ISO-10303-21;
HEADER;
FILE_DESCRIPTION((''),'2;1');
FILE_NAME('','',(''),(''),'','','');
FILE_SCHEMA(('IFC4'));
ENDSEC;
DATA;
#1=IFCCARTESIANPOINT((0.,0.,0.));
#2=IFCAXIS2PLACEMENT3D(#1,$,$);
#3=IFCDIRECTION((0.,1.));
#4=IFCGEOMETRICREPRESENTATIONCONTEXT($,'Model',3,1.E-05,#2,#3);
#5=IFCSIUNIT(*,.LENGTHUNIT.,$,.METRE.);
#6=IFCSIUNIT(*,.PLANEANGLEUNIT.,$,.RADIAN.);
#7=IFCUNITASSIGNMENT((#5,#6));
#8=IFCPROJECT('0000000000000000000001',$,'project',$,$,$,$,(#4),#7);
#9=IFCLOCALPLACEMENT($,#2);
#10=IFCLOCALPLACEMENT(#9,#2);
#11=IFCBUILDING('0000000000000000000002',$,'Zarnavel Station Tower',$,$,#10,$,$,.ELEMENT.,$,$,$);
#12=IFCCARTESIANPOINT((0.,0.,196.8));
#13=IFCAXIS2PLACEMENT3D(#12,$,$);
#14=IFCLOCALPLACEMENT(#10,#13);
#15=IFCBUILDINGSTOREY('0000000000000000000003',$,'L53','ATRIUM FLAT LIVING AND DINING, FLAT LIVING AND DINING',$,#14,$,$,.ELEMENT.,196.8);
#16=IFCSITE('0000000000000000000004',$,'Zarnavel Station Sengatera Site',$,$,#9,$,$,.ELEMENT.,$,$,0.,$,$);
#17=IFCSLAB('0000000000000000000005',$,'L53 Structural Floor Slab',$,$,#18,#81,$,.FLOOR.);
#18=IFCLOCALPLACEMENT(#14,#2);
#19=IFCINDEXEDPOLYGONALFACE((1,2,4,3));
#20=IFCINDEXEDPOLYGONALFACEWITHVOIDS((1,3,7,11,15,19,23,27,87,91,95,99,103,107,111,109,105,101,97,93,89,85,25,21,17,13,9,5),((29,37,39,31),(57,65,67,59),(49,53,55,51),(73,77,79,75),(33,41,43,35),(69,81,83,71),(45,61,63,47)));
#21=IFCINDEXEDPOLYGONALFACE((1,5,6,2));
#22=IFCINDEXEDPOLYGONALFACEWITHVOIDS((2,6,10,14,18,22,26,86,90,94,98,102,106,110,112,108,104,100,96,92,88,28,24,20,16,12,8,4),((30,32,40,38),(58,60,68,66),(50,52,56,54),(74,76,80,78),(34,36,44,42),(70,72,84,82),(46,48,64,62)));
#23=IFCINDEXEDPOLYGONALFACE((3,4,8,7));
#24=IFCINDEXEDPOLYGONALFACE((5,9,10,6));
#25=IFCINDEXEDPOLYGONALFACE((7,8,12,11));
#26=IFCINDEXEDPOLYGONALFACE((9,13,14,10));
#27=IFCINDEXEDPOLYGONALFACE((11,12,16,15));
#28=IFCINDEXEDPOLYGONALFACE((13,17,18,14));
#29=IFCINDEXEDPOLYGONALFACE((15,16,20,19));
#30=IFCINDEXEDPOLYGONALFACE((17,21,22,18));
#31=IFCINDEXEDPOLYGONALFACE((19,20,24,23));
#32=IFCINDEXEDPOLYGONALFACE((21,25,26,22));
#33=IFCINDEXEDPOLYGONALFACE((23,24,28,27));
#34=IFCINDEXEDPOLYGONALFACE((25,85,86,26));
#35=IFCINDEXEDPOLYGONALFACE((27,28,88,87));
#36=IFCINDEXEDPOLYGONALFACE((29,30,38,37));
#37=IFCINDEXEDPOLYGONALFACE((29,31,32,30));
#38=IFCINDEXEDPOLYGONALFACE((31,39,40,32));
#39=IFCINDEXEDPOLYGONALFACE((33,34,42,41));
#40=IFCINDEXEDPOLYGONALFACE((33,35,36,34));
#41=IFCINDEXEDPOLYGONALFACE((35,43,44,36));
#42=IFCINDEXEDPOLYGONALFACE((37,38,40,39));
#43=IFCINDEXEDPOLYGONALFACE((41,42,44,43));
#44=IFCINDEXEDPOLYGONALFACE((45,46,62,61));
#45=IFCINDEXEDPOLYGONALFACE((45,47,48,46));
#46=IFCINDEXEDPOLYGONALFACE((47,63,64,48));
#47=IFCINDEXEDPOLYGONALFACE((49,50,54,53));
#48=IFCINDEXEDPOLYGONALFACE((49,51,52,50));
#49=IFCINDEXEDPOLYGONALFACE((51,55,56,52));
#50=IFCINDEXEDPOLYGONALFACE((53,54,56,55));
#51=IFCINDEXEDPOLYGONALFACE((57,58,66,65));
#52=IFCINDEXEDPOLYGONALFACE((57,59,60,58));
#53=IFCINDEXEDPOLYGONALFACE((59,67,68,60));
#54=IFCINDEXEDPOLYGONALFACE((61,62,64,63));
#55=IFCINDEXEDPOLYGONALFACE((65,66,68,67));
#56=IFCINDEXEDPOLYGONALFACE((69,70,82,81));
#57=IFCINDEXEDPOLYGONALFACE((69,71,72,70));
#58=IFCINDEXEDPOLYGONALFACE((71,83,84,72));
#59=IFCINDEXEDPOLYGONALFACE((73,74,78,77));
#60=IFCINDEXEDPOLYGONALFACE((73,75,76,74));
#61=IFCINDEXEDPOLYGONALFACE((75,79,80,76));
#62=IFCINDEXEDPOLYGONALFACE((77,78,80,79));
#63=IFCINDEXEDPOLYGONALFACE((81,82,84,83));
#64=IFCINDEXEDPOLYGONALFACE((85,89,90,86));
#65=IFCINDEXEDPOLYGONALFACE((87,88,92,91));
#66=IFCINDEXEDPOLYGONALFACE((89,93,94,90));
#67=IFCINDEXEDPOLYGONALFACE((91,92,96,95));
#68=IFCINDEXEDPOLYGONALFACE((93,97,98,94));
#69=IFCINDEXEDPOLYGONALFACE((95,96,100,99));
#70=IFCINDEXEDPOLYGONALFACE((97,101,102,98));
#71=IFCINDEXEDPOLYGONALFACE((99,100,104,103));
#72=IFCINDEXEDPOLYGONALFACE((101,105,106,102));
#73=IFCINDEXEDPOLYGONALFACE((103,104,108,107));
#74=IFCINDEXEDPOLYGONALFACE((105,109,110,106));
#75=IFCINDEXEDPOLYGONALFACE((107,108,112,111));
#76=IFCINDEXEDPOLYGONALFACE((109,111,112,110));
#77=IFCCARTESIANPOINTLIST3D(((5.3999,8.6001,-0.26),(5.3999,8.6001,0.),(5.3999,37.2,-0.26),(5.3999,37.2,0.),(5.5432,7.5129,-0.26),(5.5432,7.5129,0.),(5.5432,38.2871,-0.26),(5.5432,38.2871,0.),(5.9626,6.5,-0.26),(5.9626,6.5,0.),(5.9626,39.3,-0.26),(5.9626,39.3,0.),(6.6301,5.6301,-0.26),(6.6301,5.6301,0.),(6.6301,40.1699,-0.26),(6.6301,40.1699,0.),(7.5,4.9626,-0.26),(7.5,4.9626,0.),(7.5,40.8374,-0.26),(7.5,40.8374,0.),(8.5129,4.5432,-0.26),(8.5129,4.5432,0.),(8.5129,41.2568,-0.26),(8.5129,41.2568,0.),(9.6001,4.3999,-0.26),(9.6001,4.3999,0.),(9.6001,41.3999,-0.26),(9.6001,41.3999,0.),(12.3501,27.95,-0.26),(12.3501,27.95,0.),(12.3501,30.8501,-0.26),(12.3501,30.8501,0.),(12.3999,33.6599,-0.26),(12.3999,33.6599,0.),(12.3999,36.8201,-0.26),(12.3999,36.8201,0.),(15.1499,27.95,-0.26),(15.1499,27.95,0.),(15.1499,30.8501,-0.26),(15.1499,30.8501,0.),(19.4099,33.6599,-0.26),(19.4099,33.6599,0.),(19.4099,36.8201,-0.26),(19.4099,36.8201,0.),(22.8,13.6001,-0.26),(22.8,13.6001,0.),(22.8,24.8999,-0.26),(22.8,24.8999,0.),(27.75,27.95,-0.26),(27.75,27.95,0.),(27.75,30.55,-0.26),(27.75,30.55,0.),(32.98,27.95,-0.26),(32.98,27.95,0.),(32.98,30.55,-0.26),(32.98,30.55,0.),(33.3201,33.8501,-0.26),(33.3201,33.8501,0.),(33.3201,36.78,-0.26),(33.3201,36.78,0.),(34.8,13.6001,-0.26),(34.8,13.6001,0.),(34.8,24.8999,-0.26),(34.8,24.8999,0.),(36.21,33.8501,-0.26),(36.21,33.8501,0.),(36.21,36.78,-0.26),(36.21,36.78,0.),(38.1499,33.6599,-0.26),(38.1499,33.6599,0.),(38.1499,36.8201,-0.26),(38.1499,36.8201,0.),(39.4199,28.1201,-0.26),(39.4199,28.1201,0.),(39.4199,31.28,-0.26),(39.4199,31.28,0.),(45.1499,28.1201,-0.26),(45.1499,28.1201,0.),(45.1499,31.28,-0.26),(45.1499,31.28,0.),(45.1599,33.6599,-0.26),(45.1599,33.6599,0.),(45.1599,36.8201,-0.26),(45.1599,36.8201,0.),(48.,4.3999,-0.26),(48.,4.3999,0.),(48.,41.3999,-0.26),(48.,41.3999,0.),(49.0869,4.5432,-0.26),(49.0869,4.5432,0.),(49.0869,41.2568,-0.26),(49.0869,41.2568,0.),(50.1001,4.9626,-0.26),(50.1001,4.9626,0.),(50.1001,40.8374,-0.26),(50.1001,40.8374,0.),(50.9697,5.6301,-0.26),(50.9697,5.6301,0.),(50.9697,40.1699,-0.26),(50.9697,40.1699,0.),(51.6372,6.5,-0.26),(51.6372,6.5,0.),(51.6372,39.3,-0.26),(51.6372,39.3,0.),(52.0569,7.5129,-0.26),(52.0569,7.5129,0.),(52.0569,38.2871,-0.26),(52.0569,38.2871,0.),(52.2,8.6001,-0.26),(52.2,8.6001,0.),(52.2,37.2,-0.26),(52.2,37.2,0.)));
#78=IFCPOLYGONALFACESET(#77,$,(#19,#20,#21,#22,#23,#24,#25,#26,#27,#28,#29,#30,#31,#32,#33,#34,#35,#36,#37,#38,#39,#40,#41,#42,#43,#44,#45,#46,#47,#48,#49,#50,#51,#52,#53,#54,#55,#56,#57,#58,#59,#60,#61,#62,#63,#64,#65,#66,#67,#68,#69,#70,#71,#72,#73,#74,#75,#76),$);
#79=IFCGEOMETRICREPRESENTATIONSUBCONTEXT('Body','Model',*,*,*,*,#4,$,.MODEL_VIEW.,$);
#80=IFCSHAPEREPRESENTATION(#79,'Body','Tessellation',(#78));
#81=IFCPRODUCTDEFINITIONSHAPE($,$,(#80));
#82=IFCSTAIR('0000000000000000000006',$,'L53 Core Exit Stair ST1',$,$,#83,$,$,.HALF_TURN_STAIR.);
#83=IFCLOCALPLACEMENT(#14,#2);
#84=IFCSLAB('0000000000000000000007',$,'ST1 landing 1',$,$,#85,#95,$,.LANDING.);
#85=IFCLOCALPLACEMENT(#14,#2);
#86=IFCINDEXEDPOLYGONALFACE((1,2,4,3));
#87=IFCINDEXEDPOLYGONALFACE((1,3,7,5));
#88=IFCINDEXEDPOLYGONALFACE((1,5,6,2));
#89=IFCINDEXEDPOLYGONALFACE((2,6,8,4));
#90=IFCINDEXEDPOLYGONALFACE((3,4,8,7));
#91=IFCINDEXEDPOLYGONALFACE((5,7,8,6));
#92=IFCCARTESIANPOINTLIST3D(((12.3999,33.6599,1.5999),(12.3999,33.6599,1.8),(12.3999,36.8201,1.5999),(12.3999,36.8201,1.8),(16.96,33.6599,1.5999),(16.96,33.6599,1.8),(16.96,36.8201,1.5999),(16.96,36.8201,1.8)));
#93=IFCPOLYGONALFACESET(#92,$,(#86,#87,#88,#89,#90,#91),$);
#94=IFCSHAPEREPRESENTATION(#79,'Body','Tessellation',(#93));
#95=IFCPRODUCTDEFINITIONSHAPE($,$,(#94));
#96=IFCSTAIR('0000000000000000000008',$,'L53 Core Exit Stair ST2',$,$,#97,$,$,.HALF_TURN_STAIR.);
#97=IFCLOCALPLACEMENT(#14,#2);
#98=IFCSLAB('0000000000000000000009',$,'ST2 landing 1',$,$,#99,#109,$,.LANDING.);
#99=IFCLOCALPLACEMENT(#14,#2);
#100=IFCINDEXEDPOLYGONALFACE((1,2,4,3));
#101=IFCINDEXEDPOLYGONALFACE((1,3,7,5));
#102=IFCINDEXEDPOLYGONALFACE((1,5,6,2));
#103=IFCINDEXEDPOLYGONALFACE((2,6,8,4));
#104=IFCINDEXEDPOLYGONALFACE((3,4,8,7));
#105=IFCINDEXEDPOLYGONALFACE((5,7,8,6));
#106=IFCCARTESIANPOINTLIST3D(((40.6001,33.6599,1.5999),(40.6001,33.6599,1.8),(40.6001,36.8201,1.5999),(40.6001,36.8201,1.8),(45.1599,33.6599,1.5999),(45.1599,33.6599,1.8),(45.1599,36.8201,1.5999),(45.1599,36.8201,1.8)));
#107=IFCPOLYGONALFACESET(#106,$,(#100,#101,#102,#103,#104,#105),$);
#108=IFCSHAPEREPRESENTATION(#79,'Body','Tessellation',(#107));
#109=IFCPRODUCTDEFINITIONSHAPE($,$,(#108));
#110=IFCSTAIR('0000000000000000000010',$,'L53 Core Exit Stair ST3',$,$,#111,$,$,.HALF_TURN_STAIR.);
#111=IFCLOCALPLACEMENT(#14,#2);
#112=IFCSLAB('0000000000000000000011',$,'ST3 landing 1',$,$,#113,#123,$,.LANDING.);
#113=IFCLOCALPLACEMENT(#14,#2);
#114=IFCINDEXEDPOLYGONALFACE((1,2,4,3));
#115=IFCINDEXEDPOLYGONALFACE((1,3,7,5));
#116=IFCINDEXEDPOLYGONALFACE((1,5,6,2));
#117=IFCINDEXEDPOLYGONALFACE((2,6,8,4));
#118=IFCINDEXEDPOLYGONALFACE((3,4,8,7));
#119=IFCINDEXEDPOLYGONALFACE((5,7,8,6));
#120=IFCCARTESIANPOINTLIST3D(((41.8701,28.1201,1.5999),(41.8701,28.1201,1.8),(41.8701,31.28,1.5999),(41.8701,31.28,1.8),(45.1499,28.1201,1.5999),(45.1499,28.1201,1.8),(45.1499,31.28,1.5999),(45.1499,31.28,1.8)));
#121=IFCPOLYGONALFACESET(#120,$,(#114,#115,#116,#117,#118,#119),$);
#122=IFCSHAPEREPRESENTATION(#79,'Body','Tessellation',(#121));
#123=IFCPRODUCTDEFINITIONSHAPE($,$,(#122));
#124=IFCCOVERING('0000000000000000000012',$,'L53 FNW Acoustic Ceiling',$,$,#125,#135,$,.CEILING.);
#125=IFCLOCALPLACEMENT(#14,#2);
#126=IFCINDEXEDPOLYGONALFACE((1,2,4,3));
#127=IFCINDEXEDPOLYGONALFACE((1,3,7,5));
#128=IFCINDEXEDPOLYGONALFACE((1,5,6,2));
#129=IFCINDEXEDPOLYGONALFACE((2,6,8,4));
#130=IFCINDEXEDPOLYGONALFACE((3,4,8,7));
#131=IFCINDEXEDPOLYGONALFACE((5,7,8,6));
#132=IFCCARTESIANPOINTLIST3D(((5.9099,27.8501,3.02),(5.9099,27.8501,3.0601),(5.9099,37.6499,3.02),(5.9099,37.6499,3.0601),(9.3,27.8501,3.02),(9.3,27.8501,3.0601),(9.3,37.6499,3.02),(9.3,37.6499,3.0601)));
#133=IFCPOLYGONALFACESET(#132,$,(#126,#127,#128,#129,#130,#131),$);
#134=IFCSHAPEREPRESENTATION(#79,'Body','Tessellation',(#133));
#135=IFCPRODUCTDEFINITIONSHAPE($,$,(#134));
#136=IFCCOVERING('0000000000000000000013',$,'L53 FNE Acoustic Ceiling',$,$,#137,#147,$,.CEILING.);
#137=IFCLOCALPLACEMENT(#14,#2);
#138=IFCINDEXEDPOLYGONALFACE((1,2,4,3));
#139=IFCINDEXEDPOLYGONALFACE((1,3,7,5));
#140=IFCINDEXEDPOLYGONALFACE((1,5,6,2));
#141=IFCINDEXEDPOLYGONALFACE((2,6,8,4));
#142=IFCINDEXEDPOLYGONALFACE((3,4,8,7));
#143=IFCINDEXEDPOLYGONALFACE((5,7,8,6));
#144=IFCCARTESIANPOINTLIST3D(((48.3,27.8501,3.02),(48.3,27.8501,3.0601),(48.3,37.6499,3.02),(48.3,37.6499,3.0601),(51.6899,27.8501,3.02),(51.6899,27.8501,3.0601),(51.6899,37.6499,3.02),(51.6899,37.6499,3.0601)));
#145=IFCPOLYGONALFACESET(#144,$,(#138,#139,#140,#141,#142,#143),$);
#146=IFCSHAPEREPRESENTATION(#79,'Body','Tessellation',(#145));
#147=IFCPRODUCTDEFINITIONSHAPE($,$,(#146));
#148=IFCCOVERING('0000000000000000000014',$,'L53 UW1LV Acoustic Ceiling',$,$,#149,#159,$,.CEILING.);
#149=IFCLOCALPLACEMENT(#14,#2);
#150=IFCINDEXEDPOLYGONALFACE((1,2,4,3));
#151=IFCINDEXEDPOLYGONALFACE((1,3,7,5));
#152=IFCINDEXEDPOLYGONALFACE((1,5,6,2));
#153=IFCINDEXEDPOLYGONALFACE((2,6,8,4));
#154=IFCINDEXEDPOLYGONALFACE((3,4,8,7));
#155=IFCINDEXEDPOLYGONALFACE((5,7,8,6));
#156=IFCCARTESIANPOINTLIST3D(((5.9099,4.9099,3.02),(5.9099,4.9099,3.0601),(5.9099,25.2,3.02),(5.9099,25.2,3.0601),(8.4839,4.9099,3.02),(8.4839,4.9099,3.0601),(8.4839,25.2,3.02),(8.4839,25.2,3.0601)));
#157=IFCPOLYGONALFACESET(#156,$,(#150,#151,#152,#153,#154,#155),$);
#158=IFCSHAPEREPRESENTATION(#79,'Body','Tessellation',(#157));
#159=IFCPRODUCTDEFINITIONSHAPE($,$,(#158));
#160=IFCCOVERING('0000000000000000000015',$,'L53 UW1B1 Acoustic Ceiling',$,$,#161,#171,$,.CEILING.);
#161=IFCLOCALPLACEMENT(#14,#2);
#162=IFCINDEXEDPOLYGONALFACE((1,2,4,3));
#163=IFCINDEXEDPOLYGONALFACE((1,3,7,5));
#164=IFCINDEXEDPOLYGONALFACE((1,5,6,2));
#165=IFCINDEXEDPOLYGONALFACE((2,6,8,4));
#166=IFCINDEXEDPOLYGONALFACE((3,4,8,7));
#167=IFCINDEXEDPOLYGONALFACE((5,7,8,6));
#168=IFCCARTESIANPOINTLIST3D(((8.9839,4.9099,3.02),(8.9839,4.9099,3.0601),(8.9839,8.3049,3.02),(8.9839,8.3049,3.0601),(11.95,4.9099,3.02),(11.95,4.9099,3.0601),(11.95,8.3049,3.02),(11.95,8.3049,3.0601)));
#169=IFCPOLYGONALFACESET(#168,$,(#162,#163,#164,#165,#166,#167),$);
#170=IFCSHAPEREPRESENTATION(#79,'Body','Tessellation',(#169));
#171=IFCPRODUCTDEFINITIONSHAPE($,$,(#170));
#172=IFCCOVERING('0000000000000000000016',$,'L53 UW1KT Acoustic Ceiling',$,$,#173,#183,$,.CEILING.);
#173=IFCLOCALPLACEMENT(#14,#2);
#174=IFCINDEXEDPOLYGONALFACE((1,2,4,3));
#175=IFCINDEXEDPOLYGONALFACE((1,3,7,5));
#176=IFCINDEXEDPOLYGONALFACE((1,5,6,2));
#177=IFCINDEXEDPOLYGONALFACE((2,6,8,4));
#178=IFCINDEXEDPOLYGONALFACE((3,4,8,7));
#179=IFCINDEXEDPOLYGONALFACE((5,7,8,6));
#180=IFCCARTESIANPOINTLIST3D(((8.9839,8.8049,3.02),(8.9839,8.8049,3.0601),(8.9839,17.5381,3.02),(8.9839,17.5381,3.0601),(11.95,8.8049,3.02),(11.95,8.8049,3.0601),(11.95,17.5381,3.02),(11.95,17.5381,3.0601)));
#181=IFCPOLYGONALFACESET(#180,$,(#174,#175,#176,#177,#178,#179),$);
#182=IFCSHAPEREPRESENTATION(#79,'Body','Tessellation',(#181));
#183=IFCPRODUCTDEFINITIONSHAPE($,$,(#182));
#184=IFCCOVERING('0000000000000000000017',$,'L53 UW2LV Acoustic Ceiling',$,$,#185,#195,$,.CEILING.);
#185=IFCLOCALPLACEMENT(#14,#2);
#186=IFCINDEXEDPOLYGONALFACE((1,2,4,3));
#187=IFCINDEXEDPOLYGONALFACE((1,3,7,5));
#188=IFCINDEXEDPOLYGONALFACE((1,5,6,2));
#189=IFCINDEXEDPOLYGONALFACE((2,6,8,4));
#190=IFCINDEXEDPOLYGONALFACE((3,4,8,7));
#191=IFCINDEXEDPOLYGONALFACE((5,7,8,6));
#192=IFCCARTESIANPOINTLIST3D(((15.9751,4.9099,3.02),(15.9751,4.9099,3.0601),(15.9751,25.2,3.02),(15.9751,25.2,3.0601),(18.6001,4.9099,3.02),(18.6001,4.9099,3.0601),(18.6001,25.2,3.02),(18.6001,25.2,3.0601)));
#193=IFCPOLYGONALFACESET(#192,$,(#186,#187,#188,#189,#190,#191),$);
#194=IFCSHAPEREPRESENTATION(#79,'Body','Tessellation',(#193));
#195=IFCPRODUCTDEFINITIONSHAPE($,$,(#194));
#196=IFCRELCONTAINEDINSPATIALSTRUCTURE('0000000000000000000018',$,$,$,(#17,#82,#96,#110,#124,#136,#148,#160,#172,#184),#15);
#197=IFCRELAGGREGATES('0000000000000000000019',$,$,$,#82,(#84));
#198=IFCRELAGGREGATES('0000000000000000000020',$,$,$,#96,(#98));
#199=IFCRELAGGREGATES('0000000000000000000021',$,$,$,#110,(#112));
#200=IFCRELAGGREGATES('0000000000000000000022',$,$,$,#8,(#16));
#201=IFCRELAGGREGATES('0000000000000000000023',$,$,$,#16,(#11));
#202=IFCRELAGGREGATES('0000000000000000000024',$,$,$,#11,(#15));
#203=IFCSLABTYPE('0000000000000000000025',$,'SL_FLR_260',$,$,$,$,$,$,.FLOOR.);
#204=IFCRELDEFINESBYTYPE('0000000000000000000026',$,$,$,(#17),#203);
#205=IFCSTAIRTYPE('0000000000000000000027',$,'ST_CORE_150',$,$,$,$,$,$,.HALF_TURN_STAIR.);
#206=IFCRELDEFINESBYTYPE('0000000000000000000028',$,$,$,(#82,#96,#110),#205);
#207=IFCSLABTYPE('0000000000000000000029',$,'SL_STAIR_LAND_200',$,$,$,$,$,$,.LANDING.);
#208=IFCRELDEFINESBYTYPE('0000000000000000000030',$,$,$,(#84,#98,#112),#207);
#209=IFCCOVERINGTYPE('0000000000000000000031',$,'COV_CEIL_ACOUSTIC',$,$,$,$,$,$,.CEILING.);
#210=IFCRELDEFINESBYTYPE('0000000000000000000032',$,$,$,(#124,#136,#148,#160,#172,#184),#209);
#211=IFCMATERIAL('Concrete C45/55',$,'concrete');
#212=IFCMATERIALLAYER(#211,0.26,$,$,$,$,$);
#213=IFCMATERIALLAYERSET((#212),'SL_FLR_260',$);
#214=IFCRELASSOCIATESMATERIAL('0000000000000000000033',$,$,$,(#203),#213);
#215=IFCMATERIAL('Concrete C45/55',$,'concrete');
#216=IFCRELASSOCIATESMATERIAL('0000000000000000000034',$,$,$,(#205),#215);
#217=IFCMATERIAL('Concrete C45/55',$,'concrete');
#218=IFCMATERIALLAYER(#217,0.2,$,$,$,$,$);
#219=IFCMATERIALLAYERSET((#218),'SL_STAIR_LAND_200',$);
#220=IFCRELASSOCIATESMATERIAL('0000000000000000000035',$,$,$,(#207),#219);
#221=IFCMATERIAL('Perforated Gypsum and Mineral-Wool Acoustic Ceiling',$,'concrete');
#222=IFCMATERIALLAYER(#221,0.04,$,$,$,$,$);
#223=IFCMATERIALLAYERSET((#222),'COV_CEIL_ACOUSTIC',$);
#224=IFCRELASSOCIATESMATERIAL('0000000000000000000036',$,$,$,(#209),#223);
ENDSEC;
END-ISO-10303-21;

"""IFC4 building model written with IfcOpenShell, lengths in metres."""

from ifc_helpers import new_model, si_unit, direction, frame, origin, place, context, subcontext, project, spatial, polyline, outline, extrude, material, layer, layer_set, type_object, element, aggregate, save


model = new_model("IFC4")

# Units and contexts
model_context = context("Model", 3, precision=1e-05, world=origin(), true_north=direction((0.0, 1.0)))
body_context = subcontext(model_context, "Body", "Model", "MODEL_VIEW")
ifc_project = project(units=[si_unit("LENGTHUNIT", "METRE"), si_unit("PLANEANGLEUNIT", "RADIAN")], contexts=[model_context])

# Site, building, storey
site_placement = place(None, origin())
site = spatial("IfcSite", under=ifc_project, at=site_placement, Name="Zarnavel Station Sengatera Site", CompositionType="ELEMENT", RefElevation=0.0)
building_placement = place(site_placement, origin())
building = spatial("IfcBuilding", under=site, at=building_placement, Name="Zarnavel Station Tower", CompositionType="ELEMENT")
storey_placement = place(building_placement, frame((0.0, 0.0, 196.8)))
storey = spatial("IfcBuildingStorey", under=building, at=storey_placement, Name="L53", Description="ATRIUM FLAT LIVING AND DINING, FLAT LIVING AND DINING", CompositionType="ELEMENT", Elevation=196.8)

# Slab
ifc_material_1 = material(Name="Concrete C45/55", Category="concrete")
ifc_layer_1 = layer(ifc_material_1, 0.26)
ifc_layer_set_1 = layer_set([ifc_layer_1], Name="SL_FLR_260")
slab_type_1 = type_object("IfcSlabType", Name="SL_FLR_260", PredefinedType="FLOOR", material=ifc_layer_set_1)
slab_1_placement = place(storey_placement, frame((0.0, 0.0, -0.26)))
element("IfcSlab", 1, at=slab_1_placement, inside=storey, type_object=slab_type_1, Name="L53 Structural Floor Slab", PredefinedType="FLOOR", context=body_context, shape_type="SweptSolid", body=[
    extrude(outline(polyline([(48.0, 4.3999), (49.0869, 4.5432), (50.1001, 4.9626), (50.9697, 5.6301), (51.6372, 6.5), (52.0569, 7.5129), (52.2, 8.6001), (52.2, 37.2), (52.0569, 38.2871), (51.6372, 39.3), (50.9697, 40.1699), (50.1001, 40.8374), (49.0869, 41.2568), (48.0, 41.3999), (9.6001, 41.3999), (8.5129, 41.2568), (7.5, 40.8374), (6.6301, 40.1699), (5.9626, 39.3), (5.5432, 38.2871), (5.3999, 37.2), (5.3999, 8.6001), (5.5432, 7.5129), (5.9626, 6.5), (6.6301, 5.6301), (7.5, 4.9626), (8.5129, 4.5432), (9.6001, 4.3999), (48.0, 4.3999)]), holes=[polyline([(12.3999, 33.6599), (19.4099, 33.6599), (19.4099, 36.8201), (12.3999, 36.8201), (12.3999, 33.6599)]), polyline([(38.1499, 33.6599), (45.1599, 33.6599), (45.1599, 36.8201), (38.1499, 36.8201), (38.1499, 33.6599)]), polyline([(39.4199, 28.1201), (45.1499, 28.1201), (45.1499, 31.28), (39.4199, 31.28), (39.4199, 28.1201)]), polyline([(12.3501, 27.95), (15.1499, 27.95), (15.1499, 30.8501), (12.3501, 30.8501), (12.3501, 27.95)]), polyline([(33.3201, 33.8501), (36.21, 33.8501), (36.21, 36.78), (33.3201, 36.78), (33.3201, 33.8501)]), polyline([(27.75, 27.95), (32.98, 27.95), (32.98, 30.55), (27.75, 30.55), (27.75, 27.95)]), polyline([(22.8, 13.6001), (34.8, 13.6001), (34.8, 24.8999), (22.8, 24.8999), (22.8, 13.6001)])]), origin(), (0.0, 0.0, 1.0), 0.26),
])

# Stairs, slabs
ifc_material_2 = material(Name="Concrete C45/55", Category="concrete")
stair_type = type_object("IfcStairType", Name="ST_CORE_150", PredefinedType="HALF_TURN_STAIR", material=ifc_material_2)
stair_1_placement = place(storey_placement, origin())
stair_1 = element("IfcStair", 2, at=stair_1_placement, inside=storey, type_object=stair_type, Name="L53 Core Exit Stair ST1", PredefinedType="HALF_TURN_STAIR")
ifc_material_3 = material(Name="Concrete C45/55", Category="concrete")
ifc_layer_2 = layer(ifc_material_3, 0.2)
ifc_layer_set_2 = layer_set([ifc_layer_2], Name="SL_STAIR_LAND_200")
slab_type_2 = type_object("IfcSlabType", Name="SL_STAIR_LAND_200", PredefinedType="LANDING", material=ifc_layer_set_2)
slab_2_placement = place(storey_placement, frame((0.0, 0.0, 1.5999)))
slab_2 = element("IfcSlab", 3, at=slab_2_placement, type_object=slab_type_2, Name="ST1 landing 1", PredefinedType="LANDING", context=body_context, shape_type="SweptSolid", body=[
    extrude(outline(polyline([(16.96, 36.8201), (12.3999, 36.8201), (12.3999, 33.6599), (16.96, 33.6599), (16.96, 36.8201)])), origin(), (0.0, 0.0, 1.0), 0.2002),
])
aggregate(stair_1, [slab_2])
stair_2_placement = place(storey_placement, origin())
stair_2 = element("IfcStair", 4, at=stair_2_placement, inside=storey, type_object=stair_type, Name="L53 Core Exit Stair ST2", PredefinedType="HALF_TURN_STAIR")
slab_3_placement = place(storey_placement, frame((0.0, 0.0, 1.5999)))
slab_3 = element("IfcSlab", 5, at=slab_3_placement, type_object=slab_type_2, Name="ST2 landing 1", PredefinedType="LANDING", context=body_context, shape_type="SweptSolid", body=[
    extrude(outline(polyline([(40.6001, 33.6599), (45.1599, 33.6599), (45.1599, 36.8201), (40.6001, 36.8201), (40.6001, 33.6599)])), origin(), (0.0, 0.0, 1.0), 0.2002),
])
aggregate(stair_2, [slab_3])
stair_3_placement = place(storey_placement, origin())
stair_3 = element("IfcStair", 6, at=stair_3_placement, inside=storey, type_object=stair_type, Name="L53 Core Exit Stair ST3", PredefinedType="HALF_TURN_STAIR")
slab_4_placement = place(storey_placement, frame((0.0, 0.0, 1.5999)))
slab_4 = element("IfcSlab", 7, at=slab_4_placement, type_object=slab_type_2, Name="ST3 landing 1", PredefinedType="LANDING", context=body_context, shape_type="SweptSolid", body=[
    extrude(outline(polyline([(41.8701, 28.1201), (45.1499, 28.1201), (45.1499, 31.28), (41.8701, 31.28), (41.8701, 28.1201)])), origin(), (0.0, 0.0, 1.0), 0.2002),
])
aggregate(stair_3, [slab_4])

# Coverings
ifc_material_4 = material(Name="Perforated Gypsum and Mineral-Wool Acoustic Ceiling", Category="concrete")
ifc_layer_3 = layer(ifc_material_4, 0.04)
ifc_layer_set_3 = layer_set([ifc_layer_3], Name="COV_CEIL_ACOUSTIC")
covering_type_1 = type_object("IfcCoveringType", Name="COV_CEIL_ACOUSTIC", PredefinedType="CEILING", material=ifc_layer_set_3)
covering_1_placement = place(storey_placement, frame((0.0, 0.0, 3.02)))
element("IfcCovering", 8, at=covering_1_placement, inside=storey, type_object=covering_type_1, Name="L53 FNW Acoustic Ceiling", PredefinedType="CEILING", context=body_context, shape_type="SweptSolid", body=[
    extrude(outline(polyline([(5.9099, 27.8501), (9.3, 27.8501), (9.3, 37.6499), (5.9099, 37.6499), (5.9099, 27.8501)])), origin(), (0.0, 0.0, 1.0), 0.04),
])
covering_2_placement = place(storey_placement, frame((0.0, 0.0, 3.02)))
element("IfcCovering", 9, at=covering_2_placement, inside=storey, type_object=covering_type_1, Name="L53 FNE Acoustic Ceiling", PredefinedType="CEILING", context=body_context, shape_type="SweptSolid", body=[
    extrude(outline(polyline([(48.3, 27.8501), (51.6899, 27.8501), (51.6899, 37.6499), (48.3, 37.6499), (48.3, 27.8501)])), origin(), (0.0, 0.0, 1.0), 0.04),
])
covering_3_placement = place(storey_placement, frame((0.0, 0.0, 3.02)))
element("IfcCovering", 10, at=covering_3_placement, inside=storey, type_object=covering_type_1, Name="L53 UW1LV Acoustic Ceiling", PredefinedType="CEILING", context=body_context, shape_type="SweptSolid", body=[
    extrude(outline(polyline([(5.9099, 4.9099), (8.4839, 4.9099), (8.4839, 25.2), (5.9099, 25.2), (5.9099, 4.9099)])), origin(), (0.0, 0.0, 1.0), 0.04),
])
covering_4_placement = place(storey_placement, frame((0.0, 0.0, 3.02)))
element("IfcCovering", 11, at=covering_4_placement, inside=storey, type_object=covering_type_1, Name="L53 UW1B1 Acoustic Ceiling", PredefinedType="CEILING", context=body_context, shape_type="SweptSolid", body=[
    extrude(outline(polyline([(8.9839, 4.9099), (11.95, 4.9099), (11.95, 8.3049), (8.9839, 8.3049), (8.9839, 4.9099)])), origin(), (0.0, 0.0, 1.0), 0.04),
])
covering_5_placement = place(storey_placement, frame((0.0, 0.0, 3.02)))
element("IfcCovering", 12, at=covering_5_placement, inside=storey, type_object=covering_type_1, Name="L53 UW1KT Acoustic Ceiling", PredefinedType="CEILING", context=body_context, shape_type="SweptSolid", body=[
    extrude(outline(polyline([(8.9839, 8.8049), (11.95, 8.8049), (11.95, 17.5381), (8.9839, 17.5381), (8.9839, 8.8049)])), origin(), (0.0, 0.0, 1.0), 0.04),
])
covering_6_placement = place(storey_placement, frame((0.0, 0.0, 3.02)))
element("IfcCovering", 13, at=covering_6_placement, inside=storey, type_object=covering_type_1, Name="L53 UW2LV Acoustic Ceiling", PredefinedType="CEILING", context=body_context, shape_type="SweptSolid", body=[
    extrude(outline(polyline([(15.9751, 4.9099), (18.6001, 4.9099), (18.6001, 25.2), (15.9751, 25.2), (15.9751, 4.9099)])), origin(), (0.0, 0.0, 1.0), 0.04),
])

save(model, "model.ifc")
